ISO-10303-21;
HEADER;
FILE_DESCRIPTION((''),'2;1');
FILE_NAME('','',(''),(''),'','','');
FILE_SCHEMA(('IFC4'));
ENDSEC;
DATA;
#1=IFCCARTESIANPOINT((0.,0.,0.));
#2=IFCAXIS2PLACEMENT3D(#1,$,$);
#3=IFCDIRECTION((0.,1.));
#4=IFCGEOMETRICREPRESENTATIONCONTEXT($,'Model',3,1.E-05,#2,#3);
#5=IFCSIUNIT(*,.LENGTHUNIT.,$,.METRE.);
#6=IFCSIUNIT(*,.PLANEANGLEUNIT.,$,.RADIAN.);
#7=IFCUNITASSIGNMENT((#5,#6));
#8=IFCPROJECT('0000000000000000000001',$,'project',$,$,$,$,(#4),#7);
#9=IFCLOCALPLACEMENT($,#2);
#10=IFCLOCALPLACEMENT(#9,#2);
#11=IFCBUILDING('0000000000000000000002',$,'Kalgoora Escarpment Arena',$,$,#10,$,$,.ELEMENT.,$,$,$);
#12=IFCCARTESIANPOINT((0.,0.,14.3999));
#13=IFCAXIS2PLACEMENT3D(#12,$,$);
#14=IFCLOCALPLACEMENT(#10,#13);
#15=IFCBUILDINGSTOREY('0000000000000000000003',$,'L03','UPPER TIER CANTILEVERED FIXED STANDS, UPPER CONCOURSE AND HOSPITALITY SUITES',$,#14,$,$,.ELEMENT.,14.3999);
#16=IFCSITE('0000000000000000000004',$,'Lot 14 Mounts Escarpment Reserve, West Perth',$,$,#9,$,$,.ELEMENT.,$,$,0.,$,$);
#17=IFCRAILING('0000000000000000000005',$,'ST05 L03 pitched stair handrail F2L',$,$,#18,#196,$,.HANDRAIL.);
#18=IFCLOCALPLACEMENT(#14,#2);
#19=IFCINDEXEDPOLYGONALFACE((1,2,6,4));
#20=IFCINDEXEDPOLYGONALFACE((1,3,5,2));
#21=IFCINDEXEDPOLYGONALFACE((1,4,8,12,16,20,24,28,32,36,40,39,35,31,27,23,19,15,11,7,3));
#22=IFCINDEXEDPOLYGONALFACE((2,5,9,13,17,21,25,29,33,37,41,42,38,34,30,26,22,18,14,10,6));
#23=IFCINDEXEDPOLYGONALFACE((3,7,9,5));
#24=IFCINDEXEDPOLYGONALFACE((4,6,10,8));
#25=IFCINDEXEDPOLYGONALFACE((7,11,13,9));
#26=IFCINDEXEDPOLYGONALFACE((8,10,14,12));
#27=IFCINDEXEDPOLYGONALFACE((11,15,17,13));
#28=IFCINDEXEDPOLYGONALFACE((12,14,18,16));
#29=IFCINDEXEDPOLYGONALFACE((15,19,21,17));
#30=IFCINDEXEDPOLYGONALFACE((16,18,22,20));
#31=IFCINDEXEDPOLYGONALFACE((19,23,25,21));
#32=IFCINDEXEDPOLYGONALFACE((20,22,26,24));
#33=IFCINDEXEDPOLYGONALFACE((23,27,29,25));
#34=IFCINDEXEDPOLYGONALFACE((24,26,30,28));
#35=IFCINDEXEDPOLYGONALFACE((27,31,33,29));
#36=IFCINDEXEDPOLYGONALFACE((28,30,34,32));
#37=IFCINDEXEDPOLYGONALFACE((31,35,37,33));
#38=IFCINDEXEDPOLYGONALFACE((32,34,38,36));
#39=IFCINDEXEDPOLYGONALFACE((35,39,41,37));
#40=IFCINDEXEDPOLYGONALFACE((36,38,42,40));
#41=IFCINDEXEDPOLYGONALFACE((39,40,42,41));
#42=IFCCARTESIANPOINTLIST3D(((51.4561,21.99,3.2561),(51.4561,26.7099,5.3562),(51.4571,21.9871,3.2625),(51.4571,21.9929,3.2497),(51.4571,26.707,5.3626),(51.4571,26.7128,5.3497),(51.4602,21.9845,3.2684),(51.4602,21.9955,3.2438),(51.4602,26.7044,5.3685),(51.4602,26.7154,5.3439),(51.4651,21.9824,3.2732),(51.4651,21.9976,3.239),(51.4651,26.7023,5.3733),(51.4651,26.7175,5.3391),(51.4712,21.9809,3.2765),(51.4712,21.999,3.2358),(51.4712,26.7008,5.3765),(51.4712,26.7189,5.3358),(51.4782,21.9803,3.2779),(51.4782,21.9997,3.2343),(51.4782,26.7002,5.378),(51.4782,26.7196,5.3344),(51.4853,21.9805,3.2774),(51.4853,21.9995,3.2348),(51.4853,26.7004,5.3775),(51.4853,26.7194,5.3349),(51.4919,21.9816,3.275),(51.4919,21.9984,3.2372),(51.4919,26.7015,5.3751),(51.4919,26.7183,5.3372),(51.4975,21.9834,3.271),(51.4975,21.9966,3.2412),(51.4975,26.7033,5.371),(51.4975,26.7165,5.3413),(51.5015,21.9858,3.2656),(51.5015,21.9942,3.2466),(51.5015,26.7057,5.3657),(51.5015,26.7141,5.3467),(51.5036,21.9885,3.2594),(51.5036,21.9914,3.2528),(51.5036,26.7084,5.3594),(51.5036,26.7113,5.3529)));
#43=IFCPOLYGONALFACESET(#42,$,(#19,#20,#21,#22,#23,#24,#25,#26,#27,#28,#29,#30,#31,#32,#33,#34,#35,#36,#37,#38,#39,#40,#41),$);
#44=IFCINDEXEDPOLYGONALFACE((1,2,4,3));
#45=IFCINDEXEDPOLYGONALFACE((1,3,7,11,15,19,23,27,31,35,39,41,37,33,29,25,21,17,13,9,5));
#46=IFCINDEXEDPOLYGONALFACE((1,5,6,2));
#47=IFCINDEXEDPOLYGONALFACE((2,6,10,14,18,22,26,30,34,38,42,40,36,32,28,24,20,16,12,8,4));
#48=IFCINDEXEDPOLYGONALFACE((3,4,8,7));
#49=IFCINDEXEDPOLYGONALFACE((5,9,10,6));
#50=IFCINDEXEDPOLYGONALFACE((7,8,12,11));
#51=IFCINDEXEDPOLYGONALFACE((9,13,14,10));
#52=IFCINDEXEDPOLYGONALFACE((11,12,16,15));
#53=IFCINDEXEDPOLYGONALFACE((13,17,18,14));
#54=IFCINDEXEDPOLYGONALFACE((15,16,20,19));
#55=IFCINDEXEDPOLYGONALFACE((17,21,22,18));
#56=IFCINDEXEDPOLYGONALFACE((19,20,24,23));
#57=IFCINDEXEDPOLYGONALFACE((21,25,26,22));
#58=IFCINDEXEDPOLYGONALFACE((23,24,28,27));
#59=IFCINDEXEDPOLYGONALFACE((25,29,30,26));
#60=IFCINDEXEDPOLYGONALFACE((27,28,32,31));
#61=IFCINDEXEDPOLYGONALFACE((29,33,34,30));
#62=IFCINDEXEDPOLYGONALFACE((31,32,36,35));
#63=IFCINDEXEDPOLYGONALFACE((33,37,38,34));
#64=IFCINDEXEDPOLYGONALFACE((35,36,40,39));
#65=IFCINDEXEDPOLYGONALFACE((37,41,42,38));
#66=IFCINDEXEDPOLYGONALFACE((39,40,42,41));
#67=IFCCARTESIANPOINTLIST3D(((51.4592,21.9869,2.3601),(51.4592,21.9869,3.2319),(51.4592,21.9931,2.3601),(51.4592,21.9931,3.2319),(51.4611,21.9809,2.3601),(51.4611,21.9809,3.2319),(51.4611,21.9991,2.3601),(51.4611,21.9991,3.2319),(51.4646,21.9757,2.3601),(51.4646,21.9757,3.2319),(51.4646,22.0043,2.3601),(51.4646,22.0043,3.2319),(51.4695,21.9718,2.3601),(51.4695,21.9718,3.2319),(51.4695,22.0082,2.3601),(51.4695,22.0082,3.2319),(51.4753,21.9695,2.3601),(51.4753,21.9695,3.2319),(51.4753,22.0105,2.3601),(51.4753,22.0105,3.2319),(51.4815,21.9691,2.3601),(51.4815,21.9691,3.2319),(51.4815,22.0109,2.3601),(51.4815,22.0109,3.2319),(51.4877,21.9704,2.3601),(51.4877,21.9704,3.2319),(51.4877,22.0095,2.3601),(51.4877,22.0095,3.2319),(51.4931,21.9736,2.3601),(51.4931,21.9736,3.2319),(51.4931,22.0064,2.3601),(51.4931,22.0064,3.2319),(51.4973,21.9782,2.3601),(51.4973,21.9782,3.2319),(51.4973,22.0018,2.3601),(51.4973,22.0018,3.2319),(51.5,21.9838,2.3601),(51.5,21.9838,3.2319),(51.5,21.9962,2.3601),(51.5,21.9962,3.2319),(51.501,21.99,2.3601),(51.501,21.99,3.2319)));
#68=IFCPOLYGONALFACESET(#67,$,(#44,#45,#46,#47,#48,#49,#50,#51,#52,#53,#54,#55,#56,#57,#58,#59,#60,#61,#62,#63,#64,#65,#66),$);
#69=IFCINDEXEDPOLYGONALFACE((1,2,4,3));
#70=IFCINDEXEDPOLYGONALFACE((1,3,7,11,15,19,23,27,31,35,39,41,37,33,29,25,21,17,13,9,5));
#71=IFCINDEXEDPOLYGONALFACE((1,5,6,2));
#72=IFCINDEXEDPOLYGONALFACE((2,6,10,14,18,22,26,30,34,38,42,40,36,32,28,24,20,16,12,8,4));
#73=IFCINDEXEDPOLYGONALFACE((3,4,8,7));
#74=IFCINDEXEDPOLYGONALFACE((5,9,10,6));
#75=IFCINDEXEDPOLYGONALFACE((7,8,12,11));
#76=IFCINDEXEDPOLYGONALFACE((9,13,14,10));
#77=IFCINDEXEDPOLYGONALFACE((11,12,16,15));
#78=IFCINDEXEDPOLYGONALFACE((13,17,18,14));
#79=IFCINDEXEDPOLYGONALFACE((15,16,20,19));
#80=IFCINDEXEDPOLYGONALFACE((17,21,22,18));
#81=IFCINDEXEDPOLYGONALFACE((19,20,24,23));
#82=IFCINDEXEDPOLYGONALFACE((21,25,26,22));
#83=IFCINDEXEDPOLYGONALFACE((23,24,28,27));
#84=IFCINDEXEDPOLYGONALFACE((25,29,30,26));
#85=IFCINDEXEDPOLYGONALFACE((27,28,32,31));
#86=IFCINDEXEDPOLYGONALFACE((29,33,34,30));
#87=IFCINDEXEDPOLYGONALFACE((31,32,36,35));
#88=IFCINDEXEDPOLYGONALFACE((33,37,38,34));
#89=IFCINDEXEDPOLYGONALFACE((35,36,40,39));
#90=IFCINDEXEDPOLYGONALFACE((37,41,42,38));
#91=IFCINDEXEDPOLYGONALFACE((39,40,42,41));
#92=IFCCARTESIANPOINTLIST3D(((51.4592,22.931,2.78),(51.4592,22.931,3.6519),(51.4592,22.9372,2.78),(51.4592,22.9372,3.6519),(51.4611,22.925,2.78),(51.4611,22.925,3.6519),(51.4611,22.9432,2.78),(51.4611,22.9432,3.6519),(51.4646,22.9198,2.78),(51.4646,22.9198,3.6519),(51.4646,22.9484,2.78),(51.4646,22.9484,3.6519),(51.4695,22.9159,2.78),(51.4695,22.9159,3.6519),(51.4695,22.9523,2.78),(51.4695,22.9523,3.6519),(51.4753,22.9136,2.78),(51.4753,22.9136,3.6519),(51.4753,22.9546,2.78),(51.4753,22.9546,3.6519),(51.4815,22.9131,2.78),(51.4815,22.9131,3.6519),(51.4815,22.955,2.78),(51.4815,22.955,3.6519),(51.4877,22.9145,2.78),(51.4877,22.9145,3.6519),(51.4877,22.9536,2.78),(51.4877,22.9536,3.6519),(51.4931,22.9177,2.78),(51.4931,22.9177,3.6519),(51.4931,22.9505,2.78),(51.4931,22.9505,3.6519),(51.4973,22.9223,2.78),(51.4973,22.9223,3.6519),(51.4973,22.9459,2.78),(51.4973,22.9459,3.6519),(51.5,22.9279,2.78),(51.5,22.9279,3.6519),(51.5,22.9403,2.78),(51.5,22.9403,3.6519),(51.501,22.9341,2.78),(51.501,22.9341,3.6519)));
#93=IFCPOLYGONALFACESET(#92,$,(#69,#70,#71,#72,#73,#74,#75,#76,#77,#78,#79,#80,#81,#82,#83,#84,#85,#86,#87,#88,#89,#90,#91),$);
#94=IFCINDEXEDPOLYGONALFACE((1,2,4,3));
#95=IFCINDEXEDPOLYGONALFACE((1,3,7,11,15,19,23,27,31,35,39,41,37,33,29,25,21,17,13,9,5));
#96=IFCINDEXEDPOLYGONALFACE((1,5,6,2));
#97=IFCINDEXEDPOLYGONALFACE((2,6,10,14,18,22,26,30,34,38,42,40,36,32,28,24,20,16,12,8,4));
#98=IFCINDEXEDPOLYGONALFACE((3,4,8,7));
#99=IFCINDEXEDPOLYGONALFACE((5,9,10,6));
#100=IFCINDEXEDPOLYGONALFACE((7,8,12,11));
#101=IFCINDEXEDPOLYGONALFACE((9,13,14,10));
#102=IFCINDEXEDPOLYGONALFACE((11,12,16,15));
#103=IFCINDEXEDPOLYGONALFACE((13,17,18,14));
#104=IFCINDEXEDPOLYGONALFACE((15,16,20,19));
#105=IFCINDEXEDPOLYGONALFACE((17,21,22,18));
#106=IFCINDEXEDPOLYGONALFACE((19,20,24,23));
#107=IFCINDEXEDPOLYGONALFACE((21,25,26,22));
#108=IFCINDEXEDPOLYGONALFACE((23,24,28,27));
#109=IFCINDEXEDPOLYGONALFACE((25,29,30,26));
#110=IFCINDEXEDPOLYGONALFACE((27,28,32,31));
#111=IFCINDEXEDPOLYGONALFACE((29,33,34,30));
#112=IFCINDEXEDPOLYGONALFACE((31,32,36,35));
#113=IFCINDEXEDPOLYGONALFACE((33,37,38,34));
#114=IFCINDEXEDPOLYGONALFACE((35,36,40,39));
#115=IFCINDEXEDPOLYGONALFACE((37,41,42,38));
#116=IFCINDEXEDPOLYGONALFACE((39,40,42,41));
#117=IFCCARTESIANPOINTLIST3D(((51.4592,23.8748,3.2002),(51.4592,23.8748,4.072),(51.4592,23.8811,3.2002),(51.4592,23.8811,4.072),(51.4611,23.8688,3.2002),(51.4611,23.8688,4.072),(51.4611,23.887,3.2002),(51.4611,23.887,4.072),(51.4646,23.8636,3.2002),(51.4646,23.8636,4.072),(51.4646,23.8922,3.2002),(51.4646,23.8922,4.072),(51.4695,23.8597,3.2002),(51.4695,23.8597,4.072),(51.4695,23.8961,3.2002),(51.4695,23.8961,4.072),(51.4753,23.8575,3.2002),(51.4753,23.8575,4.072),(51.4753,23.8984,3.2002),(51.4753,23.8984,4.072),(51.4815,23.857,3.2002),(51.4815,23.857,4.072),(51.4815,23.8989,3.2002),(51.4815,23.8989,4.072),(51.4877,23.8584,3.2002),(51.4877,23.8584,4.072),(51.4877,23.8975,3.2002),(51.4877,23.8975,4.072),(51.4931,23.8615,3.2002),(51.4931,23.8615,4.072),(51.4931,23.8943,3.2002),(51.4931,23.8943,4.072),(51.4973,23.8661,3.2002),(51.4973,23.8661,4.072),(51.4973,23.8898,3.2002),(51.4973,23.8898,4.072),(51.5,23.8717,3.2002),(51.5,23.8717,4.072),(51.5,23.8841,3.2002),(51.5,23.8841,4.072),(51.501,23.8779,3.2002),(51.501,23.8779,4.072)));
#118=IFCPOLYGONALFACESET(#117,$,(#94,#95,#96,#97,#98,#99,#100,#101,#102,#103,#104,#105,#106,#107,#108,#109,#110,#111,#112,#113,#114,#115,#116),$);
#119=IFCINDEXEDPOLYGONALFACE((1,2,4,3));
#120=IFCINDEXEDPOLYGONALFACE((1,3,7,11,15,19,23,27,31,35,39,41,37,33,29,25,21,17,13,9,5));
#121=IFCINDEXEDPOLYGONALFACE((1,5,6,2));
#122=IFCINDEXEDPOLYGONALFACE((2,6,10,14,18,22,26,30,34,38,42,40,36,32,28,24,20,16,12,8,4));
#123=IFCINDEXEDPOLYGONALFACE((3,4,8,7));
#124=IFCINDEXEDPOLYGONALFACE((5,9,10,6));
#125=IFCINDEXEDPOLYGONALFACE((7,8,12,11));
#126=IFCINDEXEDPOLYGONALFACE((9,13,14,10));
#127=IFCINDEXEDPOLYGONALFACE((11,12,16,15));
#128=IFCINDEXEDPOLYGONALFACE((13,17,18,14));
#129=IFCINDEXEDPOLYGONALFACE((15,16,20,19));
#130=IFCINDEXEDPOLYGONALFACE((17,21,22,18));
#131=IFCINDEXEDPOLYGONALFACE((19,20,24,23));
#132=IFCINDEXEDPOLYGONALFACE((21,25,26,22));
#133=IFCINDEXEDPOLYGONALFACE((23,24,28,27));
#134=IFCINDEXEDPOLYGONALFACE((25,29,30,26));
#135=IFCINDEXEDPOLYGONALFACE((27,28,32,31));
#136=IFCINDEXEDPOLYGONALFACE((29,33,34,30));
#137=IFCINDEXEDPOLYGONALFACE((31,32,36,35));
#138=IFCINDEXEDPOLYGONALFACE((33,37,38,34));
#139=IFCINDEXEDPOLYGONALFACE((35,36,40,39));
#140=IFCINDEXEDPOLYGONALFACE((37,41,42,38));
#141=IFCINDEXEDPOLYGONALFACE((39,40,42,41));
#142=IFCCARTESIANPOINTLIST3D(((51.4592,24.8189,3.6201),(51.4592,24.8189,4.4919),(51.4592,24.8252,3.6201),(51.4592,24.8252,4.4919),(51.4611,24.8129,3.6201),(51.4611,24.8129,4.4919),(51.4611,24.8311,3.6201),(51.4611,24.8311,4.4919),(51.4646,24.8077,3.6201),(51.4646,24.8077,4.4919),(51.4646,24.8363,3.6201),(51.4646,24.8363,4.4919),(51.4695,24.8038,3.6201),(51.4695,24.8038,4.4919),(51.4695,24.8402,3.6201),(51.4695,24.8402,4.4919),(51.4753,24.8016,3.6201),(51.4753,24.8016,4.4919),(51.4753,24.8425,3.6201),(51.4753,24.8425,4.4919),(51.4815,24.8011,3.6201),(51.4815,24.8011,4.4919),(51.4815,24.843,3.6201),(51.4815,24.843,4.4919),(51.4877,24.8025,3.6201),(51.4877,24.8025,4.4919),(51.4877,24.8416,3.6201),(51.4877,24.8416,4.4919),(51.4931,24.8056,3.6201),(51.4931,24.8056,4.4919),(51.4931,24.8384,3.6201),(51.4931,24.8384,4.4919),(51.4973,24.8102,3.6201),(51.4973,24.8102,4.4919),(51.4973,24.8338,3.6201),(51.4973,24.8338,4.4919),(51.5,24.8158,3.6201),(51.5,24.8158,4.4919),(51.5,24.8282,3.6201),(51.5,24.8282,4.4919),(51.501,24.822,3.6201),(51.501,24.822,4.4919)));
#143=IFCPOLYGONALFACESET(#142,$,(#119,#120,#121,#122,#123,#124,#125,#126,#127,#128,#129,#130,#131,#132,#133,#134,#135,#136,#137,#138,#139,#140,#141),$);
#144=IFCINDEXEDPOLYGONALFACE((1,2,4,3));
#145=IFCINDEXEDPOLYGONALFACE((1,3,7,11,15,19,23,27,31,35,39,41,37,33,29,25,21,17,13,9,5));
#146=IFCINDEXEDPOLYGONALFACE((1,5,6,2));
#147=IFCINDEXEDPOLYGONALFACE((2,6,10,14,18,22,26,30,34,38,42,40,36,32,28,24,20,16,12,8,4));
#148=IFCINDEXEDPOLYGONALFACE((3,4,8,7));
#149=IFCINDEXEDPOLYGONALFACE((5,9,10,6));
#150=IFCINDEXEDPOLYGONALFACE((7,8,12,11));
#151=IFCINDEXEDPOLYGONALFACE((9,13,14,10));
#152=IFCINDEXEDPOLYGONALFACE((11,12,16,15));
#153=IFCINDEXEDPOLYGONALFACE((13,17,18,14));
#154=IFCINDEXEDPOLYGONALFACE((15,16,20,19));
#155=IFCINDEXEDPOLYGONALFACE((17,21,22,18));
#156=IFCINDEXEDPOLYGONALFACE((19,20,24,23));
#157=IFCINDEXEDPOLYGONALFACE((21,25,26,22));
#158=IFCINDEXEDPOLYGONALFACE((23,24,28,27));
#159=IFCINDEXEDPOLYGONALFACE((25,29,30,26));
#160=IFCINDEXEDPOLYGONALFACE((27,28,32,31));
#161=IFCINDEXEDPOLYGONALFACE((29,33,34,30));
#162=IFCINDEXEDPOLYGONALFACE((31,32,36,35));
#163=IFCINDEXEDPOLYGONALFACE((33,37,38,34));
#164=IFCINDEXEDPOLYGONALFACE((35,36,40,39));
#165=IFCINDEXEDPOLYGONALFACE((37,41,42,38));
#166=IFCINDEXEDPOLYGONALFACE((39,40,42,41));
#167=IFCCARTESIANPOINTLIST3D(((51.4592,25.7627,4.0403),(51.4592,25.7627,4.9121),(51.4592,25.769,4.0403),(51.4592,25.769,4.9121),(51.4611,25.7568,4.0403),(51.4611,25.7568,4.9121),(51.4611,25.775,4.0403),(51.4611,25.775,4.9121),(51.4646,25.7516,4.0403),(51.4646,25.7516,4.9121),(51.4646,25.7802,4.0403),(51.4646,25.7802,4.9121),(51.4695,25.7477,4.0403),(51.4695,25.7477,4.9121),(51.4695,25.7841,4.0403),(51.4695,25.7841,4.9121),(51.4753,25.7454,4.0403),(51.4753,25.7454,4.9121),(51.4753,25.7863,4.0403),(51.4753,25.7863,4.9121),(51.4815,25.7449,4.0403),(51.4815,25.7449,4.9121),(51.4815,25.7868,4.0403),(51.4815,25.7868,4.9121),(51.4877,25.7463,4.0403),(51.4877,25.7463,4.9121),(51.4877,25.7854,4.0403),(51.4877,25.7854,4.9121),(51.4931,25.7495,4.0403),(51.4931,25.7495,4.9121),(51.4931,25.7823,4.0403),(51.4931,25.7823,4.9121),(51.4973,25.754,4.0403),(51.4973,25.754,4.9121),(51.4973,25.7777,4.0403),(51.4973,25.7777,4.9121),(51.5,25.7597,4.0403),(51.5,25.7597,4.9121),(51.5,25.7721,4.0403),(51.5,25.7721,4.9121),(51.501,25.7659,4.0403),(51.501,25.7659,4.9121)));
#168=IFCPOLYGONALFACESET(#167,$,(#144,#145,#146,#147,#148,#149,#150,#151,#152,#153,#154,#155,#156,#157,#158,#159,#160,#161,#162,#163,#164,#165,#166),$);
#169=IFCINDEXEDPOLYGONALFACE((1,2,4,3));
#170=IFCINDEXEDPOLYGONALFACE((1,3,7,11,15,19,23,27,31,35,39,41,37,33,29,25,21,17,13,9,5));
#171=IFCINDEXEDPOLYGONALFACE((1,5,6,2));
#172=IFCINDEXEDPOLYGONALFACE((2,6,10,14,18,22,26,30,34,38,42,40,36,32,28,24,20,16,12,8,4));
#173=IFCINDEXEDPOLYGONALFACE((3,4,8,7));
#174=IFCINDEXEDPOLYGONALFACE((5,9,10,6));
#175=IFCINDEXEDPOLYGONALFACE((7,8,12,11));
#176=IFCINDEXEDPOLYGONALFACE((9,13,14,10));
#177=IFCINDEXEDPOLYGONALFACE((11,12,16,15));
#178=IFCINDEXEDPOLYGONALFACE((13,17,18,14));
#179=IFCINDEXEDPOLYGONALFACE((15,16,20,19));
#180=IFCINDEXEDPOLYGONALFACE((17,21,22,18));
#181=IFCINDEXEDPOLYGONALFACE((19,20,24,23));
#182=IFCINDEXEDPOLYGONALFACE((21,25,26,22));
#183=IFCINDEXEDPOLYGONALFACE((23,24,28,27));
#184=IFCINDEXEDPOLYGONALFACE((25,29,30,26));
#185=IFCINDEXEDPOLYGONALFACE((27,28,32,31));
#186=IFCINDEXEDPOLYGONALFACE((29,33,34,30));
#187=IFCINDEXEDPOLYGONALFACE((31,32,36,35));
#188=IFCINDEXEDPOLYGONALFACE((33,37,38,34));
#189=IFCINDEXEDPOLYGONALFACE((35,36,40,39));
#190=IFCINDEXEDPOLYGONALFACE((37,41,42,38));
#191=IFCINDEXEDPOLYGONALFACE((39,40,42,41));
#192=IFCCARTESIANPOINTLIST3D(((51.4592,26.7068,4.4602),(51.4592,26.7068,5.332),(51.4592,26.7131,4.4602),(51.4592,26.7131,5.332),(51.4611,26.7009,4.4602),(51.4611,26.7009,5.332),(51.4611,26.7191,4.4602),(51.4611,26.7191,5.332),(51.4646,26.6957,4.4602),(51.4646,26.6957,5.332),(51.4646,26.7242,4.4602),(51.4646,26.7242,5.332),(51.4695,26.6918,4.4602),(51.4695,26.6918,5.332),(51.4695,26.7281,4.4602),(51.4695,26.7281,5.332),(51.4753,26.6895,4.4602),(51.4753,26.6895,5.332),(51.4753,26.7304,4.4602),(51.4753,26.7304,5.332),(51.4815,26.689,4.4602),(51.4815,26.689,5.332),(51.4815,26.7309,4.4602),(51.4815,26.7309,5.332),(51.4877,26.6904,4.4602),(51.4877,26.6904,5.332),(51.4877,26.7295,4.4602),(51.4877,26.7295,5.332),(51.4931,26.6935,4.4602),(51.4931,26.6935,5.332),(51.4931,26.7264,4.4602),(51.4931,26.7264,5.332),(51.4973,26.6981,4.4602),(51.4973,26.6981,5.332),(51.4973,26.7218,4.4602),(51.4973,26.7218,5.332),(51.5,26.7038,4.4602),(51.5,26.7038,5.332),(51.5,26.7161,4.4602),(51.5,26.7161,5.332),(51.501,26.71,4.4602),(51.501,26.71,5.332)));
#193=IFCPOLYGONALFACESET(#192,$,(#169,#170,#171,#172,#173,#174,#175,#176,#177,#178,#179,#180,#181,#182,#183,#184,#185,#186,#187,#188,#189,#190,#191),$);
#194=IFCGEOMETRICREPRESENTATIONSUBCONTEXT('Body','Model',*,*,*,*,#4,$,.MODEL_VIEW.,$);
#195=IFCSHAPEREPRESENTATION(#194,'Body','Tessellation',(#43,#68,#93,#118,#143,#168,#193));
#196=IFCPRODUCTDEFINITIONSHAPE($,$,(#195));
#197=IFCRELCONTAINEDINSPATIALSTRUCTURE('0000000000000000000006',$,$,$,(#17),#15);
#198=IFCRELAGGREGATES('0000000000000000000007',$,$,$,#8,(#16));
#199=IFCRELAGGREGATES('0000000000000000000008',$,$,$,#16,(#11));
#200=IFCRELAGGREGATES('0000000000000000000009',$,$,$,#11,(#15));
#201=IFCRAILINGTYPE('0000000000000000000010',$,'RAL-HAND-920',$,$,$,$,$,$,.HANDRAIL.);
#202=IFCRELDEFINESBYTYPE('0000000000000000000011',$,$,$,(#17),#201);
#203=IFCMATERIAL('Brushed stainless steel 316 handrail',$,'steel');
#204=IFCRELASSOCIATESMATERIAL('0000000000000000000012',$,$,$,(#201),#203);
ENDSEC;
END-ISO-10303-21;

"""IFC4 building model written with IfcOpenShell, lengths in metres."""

from ifc_helpers import new_model, si_unit, direction, frame, origin, origin_2d, place, context, subcontext, project, spatial, circle, extrude, material, type_object, element, save


model = new_model("IFC4")

# Units and contexts
model_context = context("Model", 3, precision=1e-05, world=origin(), true_north=direction((0.0, 1.0)))
body_context = subcontext(model_context, "Body", "Model", "MODEL_VIEW")
ifc_project = project(units=[si_unit("LENGTHUNIT", "METRE"), si_unit("PLANEANGLEUNIT", "RADIAN")], contexts=[model_context])

# Site, building, storey
site_placement = place(None, origin())
site = spatial("IfcSite", under=ifc_project, at=site_placement, Name="Lot 14 Mounts Escarpment Reserve, West Perth", CompositionType="ELEMENT", RefElevation=0.0)
building_placement = place(site_placement, origin())
building = spatial("IfcBuilding", under=site, at=building_placement, Name="Kalgoora Escarpment Arena", CompositionType="ELEMENT")
storey_placement = place(building_placement, frame((0.0, 0.0, 14.3999)))
storey = spatial("IfcBuildingStorey", under=building, at=storey_placement, Name="L03", Description="UPPER TIER CANTILEVERED FIXED STANDS, UPPER CONCOURSE AND HOSPITALITY SUITES", CompositionType="ELEMENT", Elevation=14.3999)

# Railing
ifc_material_1 = material(Name="Brushed stainless steel 316 handrail", Category="steel")
railing_type_1 = type_object("IfcRailingType", Name="RAL-HAND-920", PredefinedType="HANDRAIL", material=ifc_material_1)
for number, where, name in (
    (1, (51.48, 21.99, 2.3601), "ST05 L03 pitched stair handrail F2L"),
):
    element("IfcRailing", number, at=place(storey_placement, frame(where)), inside=storey, type_object=railing_type_1, Name=name, PredefinedType="HANDRAIL", context=body_context, shape_type="SweptSolid", body=[
        extrude(circle(Radius=0.0239, at=origin_2d()), frame((0.0, 0.0, 0.896), z_axis=(0.0, 0.913644, 0.406516), x_axis=(-1.0, 0.0, 0.0)), (0.0, 0.0, 1.0), 5.166),
        extrude(circle(Radius=0.021, at=origin_2d()), origin(), (0.0, 0.0, 1.0), 0.8718),
        extrude(circle(Radius=0.021, at=origin_2d()), frame((0.0, 0.9441, 0.4199)), (0.0, 0.0, 1.0), 0.8718),
        extrude(circle(Radius=0.021, at=origin_2d()), frame((0.0, 1.8879, 0.8401)), (0.0, 0.0, 1.0), 0.8718),
        extrude(circle(Radius=0.021, at=origin_2d()), frame((0.0, 2.832, 1.26)), (0.0, 0.0, 1.0), 0.8718),
        extrude(circle(Radius=0.021, at=origin_2d()), frame((0.0, 3.7759, 1.6802)), (0.0, 0.0, 1.0), 0.8718),
        extrude(circle(Radius=0.021, at=origin_2d()), frame((0.0, 4.72, 2.1001)), (0.0, 0.0, 1.0), 0.8718),
    ])

save(model, "model.ifc")
